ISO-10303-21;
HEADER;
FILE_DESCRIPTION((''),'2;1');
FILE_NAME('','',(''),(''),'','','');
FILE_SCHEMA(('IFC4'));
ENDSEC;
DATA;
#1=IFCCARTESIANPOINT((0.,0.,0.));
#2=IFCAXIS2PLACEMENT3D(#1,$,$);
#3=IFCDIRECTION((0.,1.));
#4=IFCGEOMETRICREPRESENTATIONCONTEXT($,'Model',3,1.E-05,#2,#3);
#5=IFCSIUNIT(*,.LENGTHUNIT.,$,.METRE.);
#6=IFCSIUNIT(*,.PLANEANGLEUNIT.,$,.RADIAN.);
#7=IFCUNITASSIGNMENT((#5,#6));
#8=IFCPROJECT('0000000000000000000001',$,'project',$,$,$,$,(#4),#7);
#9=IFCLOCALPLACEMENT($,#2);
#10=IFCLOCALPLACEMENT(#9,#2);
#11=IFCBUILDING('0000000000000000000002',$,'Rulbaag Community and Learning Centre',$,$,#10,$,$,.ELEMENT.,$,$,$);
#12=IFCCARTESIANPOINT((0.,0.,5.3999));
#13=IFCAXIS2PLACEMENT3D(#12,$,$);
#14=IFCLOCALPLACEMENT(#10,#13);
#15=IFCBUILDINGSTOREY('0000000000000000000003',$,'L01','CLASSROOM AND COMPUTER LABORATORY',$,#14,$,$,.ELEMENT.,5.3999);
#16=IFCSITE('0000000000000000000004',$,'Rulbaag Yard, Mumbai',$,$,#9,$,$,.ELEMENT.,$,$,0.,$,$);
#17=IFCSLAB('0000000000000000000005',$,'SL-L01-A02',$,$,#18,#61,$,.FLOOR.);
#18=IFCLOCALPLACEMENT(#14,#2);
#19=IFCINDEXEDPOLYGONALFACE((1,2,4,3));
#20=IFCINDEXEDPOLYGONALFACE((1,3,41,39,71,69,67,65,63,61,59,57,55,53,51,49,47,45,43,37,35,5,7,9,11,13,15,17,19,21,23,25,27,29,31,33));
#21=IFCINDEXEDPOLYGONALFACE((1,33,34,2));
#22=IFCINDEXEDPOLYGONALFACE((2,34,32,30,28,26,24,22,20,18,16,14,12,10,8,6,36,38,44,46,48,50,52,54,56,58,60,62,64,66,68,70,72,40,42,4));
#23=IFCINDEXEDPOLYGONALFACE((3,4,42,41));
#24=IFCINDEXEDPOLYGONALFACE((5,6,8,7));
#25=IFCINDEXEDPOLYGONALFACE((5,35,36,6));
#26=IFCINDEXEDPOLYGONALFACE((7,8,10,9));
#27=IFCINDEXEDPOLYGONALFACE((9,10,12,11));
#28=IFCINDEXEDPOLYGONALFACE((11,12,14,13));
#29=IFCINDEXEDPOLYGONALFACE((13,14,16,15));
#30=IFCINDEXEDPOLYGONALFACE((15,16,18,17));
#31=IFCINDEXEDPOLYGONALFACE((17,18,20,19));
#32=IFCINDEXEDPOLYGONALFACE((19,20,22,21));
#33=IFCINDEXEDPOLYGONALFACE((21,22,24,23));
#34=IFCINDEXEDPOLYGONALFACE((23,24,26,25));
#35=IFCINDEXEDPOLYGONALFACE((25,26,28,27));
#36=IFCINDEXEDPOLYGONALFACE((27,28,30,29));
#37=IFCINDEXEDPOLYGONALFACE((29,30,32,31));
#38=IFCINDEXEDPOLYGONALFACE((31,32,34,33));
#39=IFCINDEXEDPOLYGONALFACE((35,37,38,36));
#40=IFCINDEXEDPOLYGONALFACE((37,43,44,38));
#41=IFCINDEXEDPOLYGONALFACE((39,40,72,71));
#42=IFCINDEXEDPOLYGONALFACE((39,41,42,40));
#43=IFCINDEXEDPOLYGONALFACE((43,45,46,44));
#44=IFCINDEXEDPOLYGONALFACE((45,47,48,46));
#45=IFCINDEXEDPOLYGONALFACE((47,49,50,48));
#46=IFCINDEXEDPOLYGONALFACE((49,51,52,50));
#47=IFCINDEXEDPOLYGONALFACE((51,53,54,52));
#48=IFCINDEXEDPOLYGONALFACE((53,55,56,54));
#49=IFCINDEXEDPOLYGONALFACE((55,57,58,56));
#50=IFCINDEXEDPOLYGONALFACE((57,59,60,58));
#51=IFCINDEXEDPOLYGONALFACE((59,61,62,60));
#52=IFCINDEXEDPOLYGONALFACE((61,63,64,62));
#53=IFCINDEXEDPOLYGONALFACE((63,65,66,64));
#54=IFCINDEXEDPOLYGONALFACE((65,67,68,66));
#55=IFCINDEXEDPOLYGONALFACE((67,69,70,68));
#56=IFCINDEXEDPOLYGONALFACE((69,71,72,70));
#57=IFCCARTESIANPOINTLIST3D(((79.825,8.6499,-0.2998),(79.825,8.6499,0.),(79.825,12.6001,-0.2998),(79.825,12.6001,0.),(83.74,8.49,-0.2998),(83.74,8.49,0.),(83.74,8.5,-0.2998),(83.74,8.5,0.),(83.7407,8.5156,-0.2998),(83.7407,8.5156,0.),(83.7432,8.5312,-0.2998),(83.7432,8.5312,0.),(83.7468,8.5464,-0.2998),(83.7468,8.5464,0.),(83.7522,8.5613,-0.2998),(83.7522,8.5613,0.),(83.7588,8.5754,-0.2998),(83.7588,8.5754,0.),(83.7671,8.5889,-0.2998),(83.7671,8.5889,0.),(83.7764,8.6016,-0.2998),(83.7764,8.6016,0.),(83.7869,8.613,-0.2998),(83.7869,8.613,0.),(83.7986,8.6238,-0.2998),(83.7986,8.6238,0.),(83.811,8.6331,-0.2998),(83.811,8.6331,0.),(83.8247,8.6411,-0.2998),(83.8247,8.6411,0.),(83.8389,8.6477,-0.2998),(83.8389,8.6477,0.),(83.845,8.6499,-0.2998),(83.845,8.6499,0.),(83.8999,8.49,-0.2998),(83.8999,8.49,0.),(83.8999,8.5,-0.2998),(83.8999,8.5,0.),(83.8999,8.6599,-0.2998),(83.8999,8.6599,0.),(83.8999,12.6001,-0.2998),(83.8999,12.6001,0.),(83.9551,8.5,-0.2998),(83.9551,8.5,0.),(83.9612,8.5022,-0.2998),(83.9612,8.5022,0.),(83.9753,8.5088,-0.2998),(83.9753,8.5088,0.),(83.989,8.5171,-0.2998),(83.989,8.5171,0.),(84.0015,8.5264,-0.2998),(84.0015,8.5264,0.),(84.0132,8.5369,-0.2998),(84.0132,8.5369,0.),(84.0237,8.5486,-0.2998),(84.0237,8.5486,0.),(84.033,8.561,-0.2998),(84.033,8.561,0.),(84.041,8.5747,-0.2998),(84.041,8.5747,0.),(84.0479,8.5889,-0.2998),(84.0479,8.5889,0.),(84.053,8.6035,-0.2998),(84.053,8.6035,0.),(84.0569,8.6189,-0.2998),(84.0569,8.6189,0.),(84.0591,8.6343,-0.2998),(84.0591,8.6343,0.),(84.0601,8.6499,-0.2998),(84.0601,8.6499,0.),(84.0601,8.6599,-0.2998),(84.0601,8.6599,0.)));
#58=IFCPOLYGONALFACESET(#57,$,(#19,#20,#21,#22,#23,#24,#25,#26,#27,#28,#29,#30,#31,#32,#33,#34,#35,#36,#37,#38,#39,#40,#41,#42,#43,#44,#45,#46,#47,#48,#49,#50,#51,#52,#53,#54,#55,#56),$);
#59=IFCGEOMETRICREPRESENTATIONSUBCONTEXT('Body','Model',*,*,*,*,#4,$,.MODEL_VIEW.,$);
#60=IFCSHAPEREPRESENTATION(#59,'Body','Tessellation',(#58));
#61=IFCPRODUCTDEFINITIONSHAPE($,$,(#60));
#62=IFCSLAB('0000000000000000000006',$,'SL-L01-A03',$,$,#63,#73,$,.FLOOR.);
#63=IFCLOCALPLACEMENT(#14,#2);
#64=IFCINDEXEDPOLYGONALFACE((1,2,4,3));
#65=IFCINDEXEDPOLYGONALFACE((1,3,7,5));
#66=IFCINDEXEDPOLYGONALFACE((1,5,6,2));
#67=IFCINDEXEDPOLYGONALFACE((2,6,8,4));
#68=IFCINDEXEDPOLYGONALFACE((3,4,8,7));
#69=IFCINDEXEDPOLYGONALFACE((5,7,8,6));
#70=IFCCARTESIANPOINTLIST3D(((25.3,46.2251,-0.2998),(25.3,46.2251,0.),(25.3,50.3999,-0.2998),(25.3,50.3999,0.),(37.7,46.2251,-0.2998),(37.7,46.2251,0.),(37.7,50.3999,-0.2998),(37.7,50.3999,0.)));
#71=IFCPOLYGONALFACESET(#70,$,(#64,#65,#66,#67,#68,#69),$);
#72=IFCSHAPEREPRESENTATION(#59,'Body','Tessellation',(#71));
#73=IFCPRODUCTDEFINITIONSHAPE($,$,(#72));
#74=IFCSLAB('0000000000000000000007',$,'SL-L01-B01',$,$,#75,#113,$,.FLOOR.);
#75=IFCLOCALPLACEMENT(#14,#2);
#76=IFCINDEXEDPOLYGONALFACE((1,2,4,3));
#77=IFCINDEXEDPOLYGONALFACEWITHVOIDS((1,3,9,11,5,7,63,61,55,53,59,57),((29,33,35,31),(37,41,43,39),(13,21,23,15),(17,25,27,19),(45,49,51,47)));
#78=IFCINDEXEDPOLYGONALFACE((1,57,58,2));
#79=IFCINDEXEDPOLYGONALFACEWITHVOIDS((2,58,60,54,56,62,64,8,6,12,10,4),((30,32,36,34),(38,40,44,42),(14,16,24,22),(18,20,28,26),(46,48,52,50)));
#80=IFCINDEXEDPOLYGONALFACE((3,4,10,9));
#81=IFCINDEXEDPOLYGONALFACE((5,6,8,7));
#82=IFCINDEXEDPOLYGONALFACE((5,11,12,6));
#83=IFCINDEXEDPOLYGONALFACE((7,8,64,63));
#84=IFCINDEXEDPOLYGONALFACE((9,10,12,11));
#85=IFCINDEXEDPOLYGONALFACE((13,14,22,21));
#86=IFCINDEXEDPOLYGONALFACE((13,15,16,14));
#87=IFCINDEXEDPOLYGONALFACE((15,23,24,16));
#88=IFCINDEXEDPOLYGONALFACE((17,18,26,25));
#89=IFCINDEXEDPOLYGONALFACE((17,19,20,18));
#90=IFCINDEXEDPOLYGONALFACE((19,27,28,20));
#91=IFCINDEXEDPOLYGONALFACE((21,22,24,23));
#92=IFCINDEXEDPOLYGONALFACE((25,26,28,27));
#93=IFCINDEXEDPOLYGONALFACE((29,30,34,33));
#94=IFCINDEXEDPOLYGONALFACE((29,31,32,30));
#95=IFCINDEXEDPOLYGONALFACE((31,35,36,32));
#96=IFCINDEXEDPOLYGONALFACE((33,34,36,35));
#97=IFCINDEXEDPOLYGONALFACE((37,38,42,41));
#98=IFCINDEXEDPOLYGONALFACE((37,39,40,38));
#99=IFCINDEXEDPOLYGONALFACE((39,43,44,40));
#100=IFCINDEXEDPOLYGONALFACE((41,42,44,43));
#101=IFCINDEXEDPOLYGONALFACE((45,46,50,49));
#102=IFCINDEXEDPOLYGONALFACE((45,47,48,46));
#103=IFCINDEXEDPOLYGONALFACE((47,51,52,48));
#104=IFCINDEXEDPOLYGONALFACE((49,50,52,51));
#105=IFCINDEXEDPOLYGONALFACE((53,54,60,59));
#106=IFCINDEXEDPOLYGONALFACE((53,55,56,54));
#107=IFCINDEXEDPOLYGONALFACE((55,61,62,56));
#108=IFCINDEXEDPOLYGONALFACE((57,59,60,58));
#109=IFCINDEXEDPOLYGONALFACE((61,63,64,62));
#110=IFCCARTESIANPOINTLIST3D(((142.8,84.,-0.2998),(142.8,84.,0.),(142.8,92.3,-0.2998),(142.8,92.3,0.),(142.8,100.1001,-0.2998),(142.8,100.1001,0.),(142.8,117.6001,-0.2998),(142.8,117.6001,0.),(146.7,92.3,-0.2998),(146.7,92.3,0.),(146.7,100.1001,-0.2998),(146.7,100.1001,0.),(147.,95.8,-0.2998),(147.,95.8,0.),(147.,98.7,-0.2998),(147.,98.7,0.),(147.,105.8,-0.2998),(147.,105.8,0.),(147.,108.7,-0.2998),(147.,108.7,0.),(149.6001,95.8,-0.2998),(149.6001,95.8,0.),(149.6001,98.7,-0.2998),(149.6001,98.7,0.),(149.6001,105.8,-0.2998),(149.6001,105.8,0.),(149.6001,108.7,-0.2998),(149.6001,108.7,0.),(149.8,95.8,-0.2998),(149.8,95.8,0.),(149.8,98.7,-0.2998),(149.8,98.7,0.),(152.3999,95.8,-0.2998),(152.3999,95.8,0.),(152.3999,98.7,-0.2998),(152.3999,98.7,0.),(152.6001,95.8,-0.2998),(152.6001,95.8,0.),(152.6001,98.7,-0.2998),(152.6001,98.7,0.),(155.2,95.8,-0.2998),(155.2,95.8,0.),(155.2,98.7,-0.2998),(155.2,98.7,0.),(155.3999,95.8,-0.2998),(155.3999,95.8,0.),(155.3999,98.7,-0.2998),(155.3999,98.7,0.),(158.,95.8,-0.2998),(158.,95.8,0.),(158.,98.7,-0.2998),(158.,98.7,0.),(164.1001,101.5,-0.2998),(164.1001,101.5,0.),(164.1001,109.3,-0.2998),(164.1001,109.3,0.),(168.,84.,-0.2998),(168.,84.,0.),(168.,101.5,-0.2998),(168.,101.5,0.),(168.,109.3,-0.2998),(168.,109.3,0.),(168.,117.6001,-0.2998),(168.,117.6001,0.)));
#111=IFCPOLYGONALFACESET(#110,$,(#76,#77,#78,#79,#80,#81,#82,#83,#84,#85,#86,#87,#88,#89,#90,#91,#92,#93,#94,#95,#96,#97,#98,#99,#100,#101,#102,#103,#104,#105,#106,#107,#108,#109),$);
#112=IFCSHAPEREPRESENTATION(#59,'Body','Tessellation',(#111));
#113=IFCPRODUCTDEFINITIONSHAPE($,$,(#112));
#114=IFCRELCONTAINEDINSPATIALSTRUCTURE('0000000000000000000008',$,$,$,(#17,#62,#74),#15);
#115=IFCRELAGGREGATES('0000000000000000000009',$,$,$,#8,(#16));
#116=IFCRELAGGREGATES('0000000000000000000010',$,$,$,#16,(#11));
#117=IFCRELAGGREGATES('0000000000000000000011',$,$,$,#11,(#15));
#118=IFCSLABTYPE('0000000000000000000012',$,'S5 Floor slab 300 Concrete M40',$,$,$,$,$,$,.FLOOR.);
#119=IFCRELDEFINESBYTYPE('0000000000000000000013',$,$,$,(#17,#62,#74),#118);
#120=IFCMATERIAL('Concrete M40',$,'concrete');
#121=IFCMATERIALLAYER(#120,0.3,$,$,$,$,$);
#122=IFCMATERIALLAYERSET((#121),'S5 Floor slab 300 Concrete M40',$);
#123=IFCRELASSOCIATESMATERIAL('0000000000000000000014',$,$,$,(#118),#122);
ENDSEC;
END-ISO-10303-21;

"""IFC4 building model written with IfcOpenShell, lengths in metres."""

from ifc_helpers import new_model, si_unit, direction, frame, origin, place, context, subcontext, project, spatial, polyline, outline, extrude, material, layer, layer_set, type_object, element, save


model = new_model("IFC4")

# Units and contexts
model_context = context("Model", 3, precision=1e-05, world=origin(), true_north=direction((0.0, 1.0)))
body_context = subcontext(model_context, "Body", "Model", "MODEL_VIEW")
ifc_project = project(units=[si_unit("LENGTHUNIT", "METRE"), si_unit("PLANEANGLEUNIT", "RADIAN")], contexts=[model_context])

# Site, building, storey
site_placement = place(None, origin())
site = spatial("IfcSite", under=ifc_project, at=site_placement, Name="Rulbaag Yard, Mumbai", CompositionType="ELEMENT", RefElevation=0.0)
building_placement = place(site_placement, origin())
building = spatial("IfcBuilding", under=site, at=building_placement, Name="Rulbaag Community and Learning Centre", CompositionType="ELEMENT")
storey_placement = place(building_placement, frame((0.0, 0.0, 5.3999)))
storey = spatial("IfcBuildingStorey", under=building, at=storey_placement, Name="L01", Description="CLASSROOM AND COMPUTER LABORATORY", CompositionType="ELEMENT", Elevation=5.3999)

# Slabs
ifc_material = material(Name="Concrete M40", Category="concrete")
ifc_layer = layer(ifc_material, 0.3)
ifc_layer_set = layer_set([ifc_layer], Name="S5 Floor slab 300 Concrete M40")
slab_type = type_object("IfcSlabType", Name="S5 Floor slab 300 Concrete M40", PredefinedType="FLOOR", material=ifc_layer_set)
slab_1_placement = place(storey_placement, frame((0.0, 0.0, -0.2998)))
element("IfcSlab", 1, at=slab_1_placement, inside=storey, type_object=slab_type, Name="SL-L01-A02", PredefinedType="FLOOR", context=body_context, shape_type="SweptSolid", body=[
    extrude(outline(polyline([(83.7522, 8.5613), (83.7588, 8.5754), (83.7671, 8.5889), (83.7764, 8.6016), (83.7869, 8.613), (83.7986, 8.6238), (83.811, 8.6331), (83.8247, 8.6411), (83.8389, 8.6477), (83.845, 8.6499), (79.825, 8.6499), (79.825, 12.6001), (83.8999, 12.6001), (83.8999, 8.6599), (84.0601, 8.6599), (84.0601, 8.6499), (84.0591, 8.6343), (84.0569, 8.6189), (84.053, 8.6035), (84.0479, 8.5889), (84.041, 8.5747), (84.033, 8.561), (84.0237, 8.5486), (84.0132, 8.5369), (84.0015, 8.5264), (83.989, 8.5171), (83.9753, 8.5088), (83.9612, 8.5022), (83.9551, 8.5), (83.8999, 8.5), (83.8999, 8.49), (83.74, 8.49), (83.74, 8.5), (83.7407, 8.5156), (83.7432, 8.5312), (83.7468, 8.5464), (83.7522, 8.5613)])), origin(), (0.0, 0.0, 1.0), 0.2998),
])
slab_2_placement = place(storey_placement, frame((0.0, 0.0, -0.2998)))
element("IfcSlab", 2, at=slab_2_placement, inside=storey, type_object=slab_type, Name="SL-L01-A03", PredefinedType="FLOOR", context=body_context, shape_type="SweptSolid", body=[
    extrude(outline(polyline([(25.3, 46.2251), (25.3, 50.3999), (37.7, 50.3999), (37.7, 46.2251), (25.3, 46.2251)])), origin(), (0.0, 0.0, 1.0), 0.2998),
])
slab_3_placement = place(storey_placement, frame((0.0, 0.0, -0.2998)))
element("IfcSlab", 3, at=slab_3_placement, inside=storey, type_object=slab_type, Name="SL-L01-B01", PredefinedType="FLOOR", context=body_context, shape_type="SweptSolid", body=[
    extrude(outline(polyline([(142.8, 84.0), (142.8, 92.3), (146.7, 92.3), (146.7, 100.1001), (142.8, 100.1001), (142.8, 117.6001), (168.0, 117.6001), (168.0, 109.3), (164.1001, 109.3), (164.1001, 101.5), (168.0, 101.5), (168.0, 84.0), (142.8, 84.0)]), holes=[polyline([(149.6001, 98.7), (147.0, 98.7), (147.0, 95.8), (149.6001, 95.8), (149.6001, 98.7)]), polyline([(152.3999, 98.7), (149.8, 98.7), (149.8, 95.8), (152.3999, 95.8), (152.3999, 98.7)]), polyline([(155.2, 98.7), (152.6001, 98.7), (152.6001, 95.8), (155.2, 95.8), (155.2, 98.7)]), polyline([(158.0, 98.7), (155.3999, 98.7), (155.3999, 95.8), (158.0, 95.8), (158.0, 98.7)]), polyline([(149.6001, 108.7), (147.0, 108.7), (147.0, 105.8), (149.6001, 105.8), (149.6001, 108.7)])]), origin(), (0.0, 0.0, 1.0), 0.2998),
])

save(model, "model.ifc")
